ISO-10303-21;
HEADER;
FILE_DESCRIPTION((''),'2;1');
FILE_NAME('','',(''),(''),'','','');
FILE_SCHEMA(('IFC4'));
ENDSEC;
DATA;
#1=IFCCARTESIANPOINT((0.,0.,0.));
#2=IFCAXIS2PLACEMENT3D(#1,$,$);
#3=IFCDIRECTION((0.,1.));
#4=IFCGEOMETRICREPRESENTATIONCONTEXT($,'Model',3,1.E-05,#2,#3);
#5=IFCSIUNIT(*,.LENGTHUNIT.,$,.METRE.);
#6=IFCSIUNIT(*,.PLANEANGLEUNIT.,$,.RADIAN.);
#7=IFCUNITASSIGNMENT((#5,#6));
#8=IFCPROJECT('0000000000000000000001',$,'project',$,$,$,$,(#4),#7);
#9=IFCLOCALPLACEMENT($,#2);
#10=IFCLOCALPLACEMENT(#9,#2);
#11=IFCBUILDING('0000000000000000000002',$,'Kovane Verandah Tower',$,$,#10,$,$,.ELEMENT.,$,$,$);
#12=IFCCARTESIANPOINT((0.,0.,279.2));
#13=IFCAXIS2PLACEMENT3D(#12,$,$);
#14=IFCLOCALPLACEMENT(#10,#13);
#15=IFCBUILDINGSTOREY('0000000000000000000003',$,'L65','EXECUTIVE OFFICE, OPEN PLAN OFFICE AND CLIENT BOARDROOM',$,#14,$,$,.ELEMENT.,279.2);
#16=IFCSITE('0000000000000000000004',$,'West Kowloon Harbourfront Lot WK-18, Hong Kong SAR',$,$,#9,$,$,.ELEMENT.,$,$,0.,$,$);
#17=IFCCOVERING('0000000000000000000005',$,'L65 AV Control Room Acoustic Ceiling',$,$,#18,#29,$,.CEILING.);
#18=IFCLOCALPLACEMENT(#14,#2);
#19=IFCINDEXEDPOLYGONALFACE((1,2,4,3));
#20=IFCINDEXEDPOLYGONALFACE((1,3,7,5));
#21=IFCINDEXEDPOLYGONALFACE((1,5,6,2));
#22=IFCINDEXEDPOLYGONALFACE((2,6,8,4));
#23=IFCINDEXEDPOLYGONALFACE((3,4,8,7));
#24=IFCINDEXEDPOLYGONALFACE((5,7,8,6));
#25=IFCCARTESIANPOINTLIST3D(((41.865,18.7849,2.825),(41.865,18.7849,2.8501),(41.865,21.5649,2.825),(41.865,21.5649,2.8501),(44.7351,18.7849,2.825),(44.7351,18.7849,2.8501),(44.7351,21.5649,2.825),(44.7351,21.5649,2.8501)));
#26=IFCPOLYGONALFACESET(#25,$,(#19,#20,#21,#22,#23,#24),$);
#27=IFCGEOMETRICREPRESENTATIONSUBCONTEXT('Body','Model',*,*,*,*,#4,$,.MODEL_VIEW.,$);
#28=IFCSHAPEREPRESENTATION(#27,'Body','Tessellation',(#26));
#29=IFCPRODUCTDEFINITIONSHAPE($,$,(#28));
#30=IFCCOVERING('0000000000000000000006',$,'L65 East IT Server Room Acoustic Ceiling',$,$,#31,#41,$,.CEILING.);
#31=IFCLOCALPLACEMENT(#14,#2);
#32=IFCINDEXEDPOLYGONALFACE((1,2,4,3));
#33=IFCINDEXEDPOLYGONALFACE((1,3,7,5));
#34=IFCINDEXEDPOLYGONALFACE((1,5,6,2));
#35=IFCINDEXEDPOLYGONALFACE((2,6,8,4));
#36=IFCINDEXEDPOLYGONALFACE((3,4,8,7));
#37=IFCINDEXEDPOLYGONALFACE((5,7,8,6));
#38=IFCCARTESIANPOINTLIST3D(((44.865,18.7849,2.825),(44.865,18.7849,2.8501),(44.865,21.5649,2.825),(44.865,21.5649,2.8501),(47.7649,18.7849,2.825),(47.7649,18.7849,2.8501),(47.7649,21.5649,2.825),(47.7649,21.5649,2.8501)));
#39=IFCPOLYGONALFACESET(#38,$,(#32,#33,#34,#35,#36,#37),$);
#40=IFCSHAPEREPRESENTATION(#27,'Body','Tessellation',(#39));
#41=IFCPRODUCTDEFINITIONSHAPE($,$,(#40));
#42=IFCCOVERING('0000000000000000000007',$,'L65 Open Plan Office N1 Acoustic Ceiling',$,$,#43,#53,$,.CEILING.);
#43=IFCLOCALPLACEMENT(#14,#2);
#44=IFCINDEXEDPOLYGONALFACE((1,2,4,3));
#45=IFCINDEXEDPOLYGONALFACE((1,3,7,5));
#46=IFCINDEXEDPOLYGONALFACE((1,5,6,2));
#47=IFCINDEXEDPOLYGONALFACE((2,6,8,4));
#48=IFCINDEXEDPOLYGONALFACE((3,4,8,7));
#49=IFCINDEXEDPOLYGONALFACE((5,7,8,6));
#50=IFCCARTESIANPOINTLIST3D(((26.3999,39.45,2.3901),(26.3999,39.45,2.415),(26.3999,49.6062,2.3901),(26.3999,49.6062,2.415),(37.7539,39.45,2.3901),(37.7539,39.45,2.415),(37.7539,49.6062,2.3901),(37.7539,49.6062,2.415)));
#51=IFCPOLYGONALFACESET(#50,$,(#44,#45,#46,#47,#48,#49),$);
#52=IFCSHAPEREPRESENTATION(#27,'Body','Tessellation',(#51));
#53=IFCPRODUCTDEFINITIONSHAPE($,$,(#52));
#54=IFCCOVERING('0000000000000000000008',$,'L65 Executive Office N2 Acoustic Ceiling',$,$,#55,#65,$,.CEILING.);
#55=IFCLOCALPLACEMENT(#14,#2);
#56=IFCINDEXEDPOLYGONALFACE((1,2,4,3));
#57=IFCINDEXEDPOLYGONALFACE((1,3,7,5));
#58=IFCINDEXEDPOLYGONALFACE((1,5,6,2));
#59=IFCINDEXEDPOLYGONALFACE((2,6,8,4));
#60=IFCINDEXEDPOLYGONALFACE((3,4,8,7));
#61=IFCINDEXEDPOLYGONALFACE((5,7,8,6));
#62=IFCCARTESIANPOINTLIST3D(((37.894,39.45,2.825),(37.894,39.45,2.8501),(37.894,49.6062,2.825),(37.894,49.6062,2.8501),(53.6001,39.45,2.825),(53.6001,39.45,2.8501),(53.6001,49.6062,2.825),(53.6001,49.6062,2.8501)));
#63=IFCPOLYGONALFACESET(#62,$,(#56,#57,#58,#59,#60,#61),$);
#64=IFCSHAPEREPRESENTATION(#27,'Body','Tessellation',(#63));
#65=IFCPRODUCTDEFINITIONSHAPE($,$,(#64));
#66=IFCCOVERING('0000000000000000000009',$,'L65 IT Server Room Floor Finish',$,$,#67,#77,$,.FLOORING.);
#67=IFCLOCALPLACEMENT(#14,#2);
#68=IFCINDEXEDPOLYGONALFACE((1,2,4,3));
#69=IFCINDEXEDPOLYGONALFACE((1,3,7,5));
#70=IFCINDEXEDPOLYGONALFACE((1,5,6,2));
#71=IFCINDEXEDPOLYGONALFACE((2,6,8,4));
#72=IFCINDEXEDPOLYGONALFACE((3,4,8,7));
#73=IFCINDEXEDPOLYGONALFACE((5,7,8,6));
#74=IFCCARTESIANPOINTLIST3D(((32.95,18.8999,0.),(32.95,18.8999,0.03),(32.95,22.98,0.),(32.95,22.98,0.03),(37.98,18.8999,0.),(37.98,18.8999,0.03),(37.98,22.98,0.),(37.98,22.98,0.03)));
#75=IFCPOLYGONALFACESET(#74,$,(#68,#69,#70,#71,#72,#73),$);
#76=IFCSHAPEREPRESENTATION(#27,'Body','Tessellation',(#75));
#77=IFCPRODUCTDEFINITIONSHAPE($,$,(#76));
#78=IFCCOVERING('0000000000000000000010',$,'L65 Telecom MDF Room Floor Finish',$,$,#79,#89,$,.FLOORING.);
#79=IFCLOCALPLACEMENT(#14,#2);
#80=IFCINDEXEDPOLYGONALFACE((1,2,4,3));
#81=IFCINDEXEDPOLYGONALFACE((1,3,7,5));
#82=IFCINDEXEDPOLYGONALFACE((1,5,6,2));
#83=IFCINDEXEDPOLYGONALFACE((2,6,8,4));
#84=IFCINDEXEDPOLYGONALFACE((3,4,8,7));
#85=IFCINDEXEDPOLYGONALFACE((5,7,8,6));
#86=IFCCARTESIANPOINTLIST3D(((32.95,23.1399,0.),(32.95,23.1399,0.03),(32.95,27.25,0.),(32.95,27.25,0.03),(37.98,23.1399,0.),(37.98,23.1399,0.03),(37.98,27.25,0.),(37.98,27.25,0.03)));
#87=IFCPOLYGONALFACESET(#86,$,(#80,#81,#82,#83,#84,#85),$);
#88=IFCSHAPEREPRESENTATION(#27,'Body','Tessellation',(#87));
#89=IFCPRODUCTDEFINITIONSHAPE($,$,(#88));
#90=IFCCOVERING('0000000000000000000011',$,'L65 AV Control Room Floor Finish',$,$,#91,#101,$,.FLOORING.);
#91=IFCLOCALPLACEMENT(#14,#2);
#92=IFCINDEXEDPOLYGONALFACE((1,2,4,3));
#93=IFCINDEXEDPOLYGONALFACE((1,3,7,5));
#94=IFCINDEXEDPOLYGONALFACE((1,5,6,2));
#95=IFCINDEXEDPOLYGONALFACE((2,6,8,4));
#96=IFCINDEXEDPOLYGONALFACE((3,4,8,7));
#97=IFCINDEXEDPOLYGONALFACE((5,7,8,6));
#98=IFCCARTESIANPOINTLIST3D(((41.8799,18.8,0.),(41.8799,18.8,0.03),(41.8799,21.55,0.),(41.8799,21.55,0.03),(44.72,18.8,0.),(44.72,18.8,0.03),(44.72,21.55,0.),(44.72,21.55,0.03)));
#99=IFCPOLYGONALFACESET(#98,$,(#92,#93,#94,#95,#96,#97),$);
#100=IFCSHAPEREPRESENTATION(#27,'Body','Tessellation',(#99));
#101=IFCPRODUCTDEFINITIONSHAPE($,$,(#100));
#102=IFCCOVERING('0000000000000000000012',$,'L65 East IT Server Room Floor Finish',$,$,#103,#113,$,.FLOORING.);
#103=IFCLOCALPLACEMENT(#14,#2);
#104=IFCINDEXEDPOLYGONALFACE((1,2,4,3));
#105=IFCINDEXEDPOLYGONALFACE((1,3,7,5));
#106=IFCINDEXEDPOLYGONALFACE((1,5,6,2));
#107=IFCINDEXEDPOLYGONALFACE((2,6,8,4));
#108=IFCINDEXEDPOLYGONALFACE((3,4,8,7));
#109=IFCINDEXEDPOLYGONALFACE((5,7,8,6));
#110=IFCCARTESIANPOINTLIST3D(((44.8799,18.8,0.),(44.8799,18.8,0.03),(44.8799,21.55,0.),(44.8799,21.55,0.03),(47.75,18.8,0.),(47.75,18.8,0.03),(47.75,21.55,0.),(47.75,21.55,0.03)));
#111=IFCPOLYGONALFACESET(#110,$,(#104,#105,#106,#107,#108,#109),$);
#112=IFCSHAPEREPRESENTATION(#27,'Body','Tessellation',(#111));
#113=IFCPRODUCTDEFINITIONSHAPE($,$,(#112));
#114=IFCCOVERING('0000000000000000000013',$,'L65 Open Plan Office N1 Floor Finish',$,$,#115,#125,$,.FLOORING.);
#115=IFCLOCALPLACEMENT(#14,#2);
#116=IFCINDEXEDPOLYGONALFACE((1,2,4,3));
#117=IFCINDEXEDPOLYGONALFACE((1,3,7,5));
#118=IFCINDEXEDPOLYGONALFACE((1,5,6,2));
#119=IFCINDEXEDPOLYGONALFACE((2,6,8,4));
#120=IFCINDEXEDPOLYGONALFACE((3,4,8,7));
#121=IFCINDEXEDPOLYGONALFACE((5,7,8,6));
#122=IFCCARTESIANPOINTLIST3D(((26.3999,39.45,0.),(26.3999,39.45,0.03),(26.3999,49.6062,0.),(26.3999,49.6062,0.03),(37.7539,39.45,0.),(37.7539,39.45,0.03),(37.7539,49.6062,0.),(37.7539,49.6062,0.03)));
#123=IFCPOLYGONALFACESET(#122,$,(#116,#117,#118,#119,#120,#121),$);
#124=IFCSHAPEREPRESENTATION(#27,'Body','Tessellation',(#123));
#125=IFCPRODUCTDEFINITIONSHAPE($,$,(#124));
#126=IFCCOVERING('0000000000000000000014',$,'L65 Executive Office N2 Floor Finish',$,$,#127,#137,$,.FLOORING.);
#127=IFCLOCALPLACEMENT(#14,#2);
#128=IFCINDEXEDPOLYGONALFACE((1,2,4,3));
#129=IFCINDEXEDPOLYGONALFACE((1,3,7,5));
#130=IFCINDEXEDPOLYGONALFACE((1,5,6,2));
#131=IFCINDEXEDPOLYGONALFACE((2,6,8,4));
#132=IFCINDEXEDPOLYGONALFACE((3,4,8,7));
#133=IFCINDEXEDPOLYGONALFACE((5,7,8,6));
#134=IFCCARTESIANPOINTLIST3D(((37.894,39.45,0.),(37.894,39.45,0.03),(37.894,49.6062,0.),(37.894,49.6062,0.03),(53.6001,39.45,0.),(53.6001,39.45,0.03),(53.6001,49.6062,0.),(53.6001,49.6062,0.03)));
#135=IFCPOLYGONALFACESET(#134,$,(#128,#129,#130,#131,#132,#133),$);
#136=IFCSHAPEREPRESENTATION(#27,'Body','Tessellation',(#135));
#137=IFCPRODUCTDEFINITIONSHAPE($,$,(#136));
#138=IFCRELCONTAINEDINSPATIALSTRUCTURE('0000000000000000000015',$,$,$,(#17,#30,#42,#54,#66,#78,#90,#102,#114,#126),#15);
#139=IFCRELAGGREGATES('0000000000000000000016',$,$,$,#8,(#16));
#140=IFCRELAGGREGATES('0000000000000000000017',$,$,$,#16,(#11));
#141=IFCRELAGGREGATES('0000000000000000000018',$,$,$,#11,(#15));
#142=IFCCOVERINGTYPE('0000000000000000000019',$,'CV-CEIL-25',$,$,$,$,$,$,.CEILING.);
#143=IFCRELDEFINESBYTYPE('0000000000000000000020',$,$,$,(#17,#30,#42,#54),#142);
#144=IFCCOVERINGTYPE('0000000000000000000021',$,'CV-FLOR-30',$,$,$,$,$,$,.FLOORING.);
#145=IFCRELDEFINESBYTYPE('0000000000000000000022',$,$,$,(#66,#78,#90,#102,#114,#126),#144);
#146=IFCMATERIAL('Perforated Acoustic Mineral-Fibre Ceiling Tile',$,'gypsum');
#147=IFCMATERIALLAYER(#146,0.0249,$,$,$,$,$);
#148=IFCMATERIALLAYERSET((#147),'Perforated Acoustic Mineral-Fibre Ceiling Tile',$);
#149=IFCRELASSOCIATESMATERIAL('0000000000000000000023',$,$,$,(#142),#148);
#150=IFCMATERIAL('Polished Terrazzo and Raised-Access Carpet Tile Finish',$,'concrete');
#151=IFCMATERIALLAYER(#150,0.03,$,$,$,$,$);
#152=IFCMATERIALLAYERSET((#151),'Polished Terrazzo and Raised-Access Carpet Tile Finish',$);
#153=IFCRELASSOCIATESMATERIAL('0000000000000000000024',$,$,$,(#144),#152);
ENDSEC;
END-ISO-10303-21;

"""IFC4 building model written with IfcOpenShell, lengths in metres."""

from ifc_helpers import new_model, si_unit, direction, frame, origin, place, context, subcontext, project, spatial, polyline, outline, extrude, material, layer, layer_set, type_object, element, save


model = new_model("IFC4")

# Units and contexts
model_context = context("Model", 3, precision=1e-05, world=origin(), true_north=direction((0.0, 1.0)))
body_context = subcontext(model_context, "Body", "Model", "MODEL_VIEW")
ifc_project = project(units=[si_unit("LENGTHUNIT", "METRE"), si_unit("PLANEANGLEUNIT", "RADIAN")], contexts=[model_context])

# Site, building, storey
site_placement = place(None, origin())
site = spatial("IfcSite", under=ifc_project, at=site_placement, Name="West Kowloon Harbourfront Lot WK-18, Hong Kong SAR", CompositionType="ELEMENT", RefElevation=0.0)
building_placement = place(site_placement, origin())
building = spatial("IfcBuilding", under=site, at=building_placement, Name="Kovane Verandah Tower", CompositionType="ELEMENT")
storey_placement = place(building_placement, frame((0.0, 0.0, 279.2)))
storey = spatial("IfcBuildingStorey", under=building, at=storey_placement, Name="L65", Description="EXECUTIVE OFFICE, OPEN PLAN OFFICE AND CLIENT BOARDROOM", CompositionType="ELEMENT", Elevation=279.2)

# Coverings
ifc_material_1 = material(Name="Perforated Acoustic Mineral-Fibre Ceiling Tile", Category="gypsum")
ifc_layer_1 = layer(ifc_material_1, 0.0249)
ifc_layer_set_1 = layer_set([ifc_layer_1], Name="Perforated Acoustic Mineral-Fibre Ceiling Tile")
covering_type_1 = type_object("IfcCoveringType", Name="CV-CEIL-25", PredefinedType="CEILING", material=ifc_layer_set_1)
covering_1_placement = place(storey_placement, frame((0.0, 0.0, 2.825)))
element("IfcCovering", 1, at=covering_1_placement, inside=storey, type_object=covering_type_1, Name="L65 AV Control Room Acoustic Ceiling", PredefinedType="CEILING", context=body_context, shape_type="SweptSolid", body=[
    extrude(outline(polyline([(41.865, 18.7849), (44.7351, 18.7849), (44.7351, 21.5649), (41.865, 21.5649), (41.865, 18.7849)])), origin(), (0.0, 0.0, 1.0), 0.0251),
])
covering_2_placement = place(storey_placement, frame((0.0, 0.0, 2.825)))
element("IfcCovering", 2, at=covering_2_placement, inside=storey, type_object=covering_type_1, Name="L65 East IT Server Room Acoustic Ceiling", PredefinedType="CEILING", context=body_context, shape_type="SweptSolid", body=[
    extrude(outline(polyline([(44.865, 18.7849), (47.7649, 18.7849), (47.7649, 21.5649), (44.865, 21.5649), (44.865, 18.7849)])), origin(), (0.0, 0.0, 1.0), 0.0251),
])
covering_3_placement = place(storey_placement, frame((0.0, 0.0, 2.3901)))
element("IfcCovering", 3, at=covering_3_placement, inside=storey, type_object=covering_type_1, Name="L65 Open Plan Office N1 Acoustic Ceiling", PredefinedType="CEILING", context=body_context, shape_type="SweptSolid", body=[
    extrude(outline(polyline([(26.3999, 39.45), (37.7539, 39.45), (37.7539, 49.6062), (26.3999, 49.6062), (26.3999, 39.45)])), origin(), (0.0, 0.0, 1.0), 0.0249),
])
covering_4_placement = place(storey_placement, frame((0.0, 0.0, 2.825)))
element("IfcCovering", 4, at=covering_4_placement, inside=storey, type_object=covering_type_1, Name="L65 Executive Office N2 Acoustic Ceiling", PredefinedType="CEILING", context=body_context, shape_type="SweptSolid", body=[
    extrude(outline(polyline([(37.894, 39.45), (53.6001, 39.45), (53.6001, 49.6062), (37.894, 49.6062), (37.894, 39.45)])), origin(), (0.0, 0.0, 1.0), 0.0251),
])
ifc_material_2 = material(Name="Polished Terrazzo and Raised-Access Carpet Tile Finish", Category="concrete")
ifc_layer_2 = layer(ifc_material_2, 0.03)
ifc_layer_set_2 = layer_set([ifc_layer_2], Name="Polished Terrazzo and Raised-Access Carpet Tile Finish")
covering_type_2 = type_object("IfcCoveringType", Name="CV-FLOR-30", PredefinedType="FLOORING", material=ifc_layer_set_2)
covering_5_placement = place(storey_placement, origin())
element("IfcCovering", 5, at=covering_5_placement, inside=storey, type_object=covering_type_2, Name="L65 IT Server Room Floor Finish", PredefinedType="FLOORING", context=body_context, shape_type="SweptSolid", body=[
    extrude(outline(polyline([(32.95, 18.8999), (37.98, 18.8999), (37.98, 22.98), (32.95, 22.98), (32.95, 18.8999)])), origin(), (0.0, 0.0, 1.0), 0.03),
])
covering_6_placement = place(storey_placement, origin())
element("IfcCovering", 6, at=covering_6_placement, inside=storey, type_object=covering_type_2, Name="L65 Telecom MDF Room Floor Finish", PredefinedType="FLOORING", context=body_context, shape_type="SweptSolid", body=[
    extrude(outline(polyline([(32.95, 23.1399), (37.98, 23.1399), (37.98, 27.25), (32.95, 27.25), (32.95, 23.1399)])), origin(), (0.0, 0.0, 1.0), 0.03),
])
covering_7_placement = place(storey_placement, origin())
element("IfcCovering", 7, at=covering_7_placement, inside=storey, type_object=covering_type_2, Name="L65 AV Control Room Floor Finish", PredefinedType="FLOORING", context=body_context, shape_type="SweptSolid", body=[
    extrude(outline(polyline([(41.8799, 18.8), (44.72, 18.8), (44.72, 21.55), (41.8799, 21.55), (41.8799, 18.8)])), origin(), (0.0, 0.0, 1.0), 0.03),
])
covering_8_placement = place(storey_placement, origin())
element("IfcCovering", 8, at=covering_8_placement, inside=storey, type_object=covering_type_2, Name="L65 East IT Server Room Floor Finish", PredefinedType="FLOORING", context=body_context, shape_type="SweptSolid", body=[
    extrude(outline(polyline([(44.8799, 18.8), (47.75, 18.8), (47.75, 21.55), (44.8799, 21.55), (44.8799, 18.8)])), origin(), (0.0, 0.0, 1.0), 0.03),
])
covering_9_placement = place(storey_placement, origin())
element("IfcCovering", 9, at=covering_9_placement, inside=storey, type_object=covering_type_2, Name="L65 Open Plan Office N1 Floor Finish", PredefinedType="FLOORING", context=body_context, shape_type="SweptSolid", body=[
    extrude(outline(polyline([(26.3999, 39.45), (37.7539, 39.45), (37.7539, 49.6062), (26.3999, 49.6062), (26.3999, 39.45)])), origin(), (0.0, 0.0, 1.0), 0.03),
])
covering_10_placement = place(storey_placement, origin())
element("IfcCovering", 10, at=covering_10_placement, inside=storey, type_object=covering_type_2, Name="L65 Executive Office N2 Floor Finish", PredefinedType="FLOORING", context=body_context, shape_type="SweptSolid", body=[
    extrude(outline(polyline([(37.894, 39.45), (53.6001, 39.45), (53.6001, 49.6062), (37.894, 49.6062), (37.894, 39.45)])), origin(), (0.0, 0.0, 1.0), 0.03),
])

save(model, "model.ifc")
